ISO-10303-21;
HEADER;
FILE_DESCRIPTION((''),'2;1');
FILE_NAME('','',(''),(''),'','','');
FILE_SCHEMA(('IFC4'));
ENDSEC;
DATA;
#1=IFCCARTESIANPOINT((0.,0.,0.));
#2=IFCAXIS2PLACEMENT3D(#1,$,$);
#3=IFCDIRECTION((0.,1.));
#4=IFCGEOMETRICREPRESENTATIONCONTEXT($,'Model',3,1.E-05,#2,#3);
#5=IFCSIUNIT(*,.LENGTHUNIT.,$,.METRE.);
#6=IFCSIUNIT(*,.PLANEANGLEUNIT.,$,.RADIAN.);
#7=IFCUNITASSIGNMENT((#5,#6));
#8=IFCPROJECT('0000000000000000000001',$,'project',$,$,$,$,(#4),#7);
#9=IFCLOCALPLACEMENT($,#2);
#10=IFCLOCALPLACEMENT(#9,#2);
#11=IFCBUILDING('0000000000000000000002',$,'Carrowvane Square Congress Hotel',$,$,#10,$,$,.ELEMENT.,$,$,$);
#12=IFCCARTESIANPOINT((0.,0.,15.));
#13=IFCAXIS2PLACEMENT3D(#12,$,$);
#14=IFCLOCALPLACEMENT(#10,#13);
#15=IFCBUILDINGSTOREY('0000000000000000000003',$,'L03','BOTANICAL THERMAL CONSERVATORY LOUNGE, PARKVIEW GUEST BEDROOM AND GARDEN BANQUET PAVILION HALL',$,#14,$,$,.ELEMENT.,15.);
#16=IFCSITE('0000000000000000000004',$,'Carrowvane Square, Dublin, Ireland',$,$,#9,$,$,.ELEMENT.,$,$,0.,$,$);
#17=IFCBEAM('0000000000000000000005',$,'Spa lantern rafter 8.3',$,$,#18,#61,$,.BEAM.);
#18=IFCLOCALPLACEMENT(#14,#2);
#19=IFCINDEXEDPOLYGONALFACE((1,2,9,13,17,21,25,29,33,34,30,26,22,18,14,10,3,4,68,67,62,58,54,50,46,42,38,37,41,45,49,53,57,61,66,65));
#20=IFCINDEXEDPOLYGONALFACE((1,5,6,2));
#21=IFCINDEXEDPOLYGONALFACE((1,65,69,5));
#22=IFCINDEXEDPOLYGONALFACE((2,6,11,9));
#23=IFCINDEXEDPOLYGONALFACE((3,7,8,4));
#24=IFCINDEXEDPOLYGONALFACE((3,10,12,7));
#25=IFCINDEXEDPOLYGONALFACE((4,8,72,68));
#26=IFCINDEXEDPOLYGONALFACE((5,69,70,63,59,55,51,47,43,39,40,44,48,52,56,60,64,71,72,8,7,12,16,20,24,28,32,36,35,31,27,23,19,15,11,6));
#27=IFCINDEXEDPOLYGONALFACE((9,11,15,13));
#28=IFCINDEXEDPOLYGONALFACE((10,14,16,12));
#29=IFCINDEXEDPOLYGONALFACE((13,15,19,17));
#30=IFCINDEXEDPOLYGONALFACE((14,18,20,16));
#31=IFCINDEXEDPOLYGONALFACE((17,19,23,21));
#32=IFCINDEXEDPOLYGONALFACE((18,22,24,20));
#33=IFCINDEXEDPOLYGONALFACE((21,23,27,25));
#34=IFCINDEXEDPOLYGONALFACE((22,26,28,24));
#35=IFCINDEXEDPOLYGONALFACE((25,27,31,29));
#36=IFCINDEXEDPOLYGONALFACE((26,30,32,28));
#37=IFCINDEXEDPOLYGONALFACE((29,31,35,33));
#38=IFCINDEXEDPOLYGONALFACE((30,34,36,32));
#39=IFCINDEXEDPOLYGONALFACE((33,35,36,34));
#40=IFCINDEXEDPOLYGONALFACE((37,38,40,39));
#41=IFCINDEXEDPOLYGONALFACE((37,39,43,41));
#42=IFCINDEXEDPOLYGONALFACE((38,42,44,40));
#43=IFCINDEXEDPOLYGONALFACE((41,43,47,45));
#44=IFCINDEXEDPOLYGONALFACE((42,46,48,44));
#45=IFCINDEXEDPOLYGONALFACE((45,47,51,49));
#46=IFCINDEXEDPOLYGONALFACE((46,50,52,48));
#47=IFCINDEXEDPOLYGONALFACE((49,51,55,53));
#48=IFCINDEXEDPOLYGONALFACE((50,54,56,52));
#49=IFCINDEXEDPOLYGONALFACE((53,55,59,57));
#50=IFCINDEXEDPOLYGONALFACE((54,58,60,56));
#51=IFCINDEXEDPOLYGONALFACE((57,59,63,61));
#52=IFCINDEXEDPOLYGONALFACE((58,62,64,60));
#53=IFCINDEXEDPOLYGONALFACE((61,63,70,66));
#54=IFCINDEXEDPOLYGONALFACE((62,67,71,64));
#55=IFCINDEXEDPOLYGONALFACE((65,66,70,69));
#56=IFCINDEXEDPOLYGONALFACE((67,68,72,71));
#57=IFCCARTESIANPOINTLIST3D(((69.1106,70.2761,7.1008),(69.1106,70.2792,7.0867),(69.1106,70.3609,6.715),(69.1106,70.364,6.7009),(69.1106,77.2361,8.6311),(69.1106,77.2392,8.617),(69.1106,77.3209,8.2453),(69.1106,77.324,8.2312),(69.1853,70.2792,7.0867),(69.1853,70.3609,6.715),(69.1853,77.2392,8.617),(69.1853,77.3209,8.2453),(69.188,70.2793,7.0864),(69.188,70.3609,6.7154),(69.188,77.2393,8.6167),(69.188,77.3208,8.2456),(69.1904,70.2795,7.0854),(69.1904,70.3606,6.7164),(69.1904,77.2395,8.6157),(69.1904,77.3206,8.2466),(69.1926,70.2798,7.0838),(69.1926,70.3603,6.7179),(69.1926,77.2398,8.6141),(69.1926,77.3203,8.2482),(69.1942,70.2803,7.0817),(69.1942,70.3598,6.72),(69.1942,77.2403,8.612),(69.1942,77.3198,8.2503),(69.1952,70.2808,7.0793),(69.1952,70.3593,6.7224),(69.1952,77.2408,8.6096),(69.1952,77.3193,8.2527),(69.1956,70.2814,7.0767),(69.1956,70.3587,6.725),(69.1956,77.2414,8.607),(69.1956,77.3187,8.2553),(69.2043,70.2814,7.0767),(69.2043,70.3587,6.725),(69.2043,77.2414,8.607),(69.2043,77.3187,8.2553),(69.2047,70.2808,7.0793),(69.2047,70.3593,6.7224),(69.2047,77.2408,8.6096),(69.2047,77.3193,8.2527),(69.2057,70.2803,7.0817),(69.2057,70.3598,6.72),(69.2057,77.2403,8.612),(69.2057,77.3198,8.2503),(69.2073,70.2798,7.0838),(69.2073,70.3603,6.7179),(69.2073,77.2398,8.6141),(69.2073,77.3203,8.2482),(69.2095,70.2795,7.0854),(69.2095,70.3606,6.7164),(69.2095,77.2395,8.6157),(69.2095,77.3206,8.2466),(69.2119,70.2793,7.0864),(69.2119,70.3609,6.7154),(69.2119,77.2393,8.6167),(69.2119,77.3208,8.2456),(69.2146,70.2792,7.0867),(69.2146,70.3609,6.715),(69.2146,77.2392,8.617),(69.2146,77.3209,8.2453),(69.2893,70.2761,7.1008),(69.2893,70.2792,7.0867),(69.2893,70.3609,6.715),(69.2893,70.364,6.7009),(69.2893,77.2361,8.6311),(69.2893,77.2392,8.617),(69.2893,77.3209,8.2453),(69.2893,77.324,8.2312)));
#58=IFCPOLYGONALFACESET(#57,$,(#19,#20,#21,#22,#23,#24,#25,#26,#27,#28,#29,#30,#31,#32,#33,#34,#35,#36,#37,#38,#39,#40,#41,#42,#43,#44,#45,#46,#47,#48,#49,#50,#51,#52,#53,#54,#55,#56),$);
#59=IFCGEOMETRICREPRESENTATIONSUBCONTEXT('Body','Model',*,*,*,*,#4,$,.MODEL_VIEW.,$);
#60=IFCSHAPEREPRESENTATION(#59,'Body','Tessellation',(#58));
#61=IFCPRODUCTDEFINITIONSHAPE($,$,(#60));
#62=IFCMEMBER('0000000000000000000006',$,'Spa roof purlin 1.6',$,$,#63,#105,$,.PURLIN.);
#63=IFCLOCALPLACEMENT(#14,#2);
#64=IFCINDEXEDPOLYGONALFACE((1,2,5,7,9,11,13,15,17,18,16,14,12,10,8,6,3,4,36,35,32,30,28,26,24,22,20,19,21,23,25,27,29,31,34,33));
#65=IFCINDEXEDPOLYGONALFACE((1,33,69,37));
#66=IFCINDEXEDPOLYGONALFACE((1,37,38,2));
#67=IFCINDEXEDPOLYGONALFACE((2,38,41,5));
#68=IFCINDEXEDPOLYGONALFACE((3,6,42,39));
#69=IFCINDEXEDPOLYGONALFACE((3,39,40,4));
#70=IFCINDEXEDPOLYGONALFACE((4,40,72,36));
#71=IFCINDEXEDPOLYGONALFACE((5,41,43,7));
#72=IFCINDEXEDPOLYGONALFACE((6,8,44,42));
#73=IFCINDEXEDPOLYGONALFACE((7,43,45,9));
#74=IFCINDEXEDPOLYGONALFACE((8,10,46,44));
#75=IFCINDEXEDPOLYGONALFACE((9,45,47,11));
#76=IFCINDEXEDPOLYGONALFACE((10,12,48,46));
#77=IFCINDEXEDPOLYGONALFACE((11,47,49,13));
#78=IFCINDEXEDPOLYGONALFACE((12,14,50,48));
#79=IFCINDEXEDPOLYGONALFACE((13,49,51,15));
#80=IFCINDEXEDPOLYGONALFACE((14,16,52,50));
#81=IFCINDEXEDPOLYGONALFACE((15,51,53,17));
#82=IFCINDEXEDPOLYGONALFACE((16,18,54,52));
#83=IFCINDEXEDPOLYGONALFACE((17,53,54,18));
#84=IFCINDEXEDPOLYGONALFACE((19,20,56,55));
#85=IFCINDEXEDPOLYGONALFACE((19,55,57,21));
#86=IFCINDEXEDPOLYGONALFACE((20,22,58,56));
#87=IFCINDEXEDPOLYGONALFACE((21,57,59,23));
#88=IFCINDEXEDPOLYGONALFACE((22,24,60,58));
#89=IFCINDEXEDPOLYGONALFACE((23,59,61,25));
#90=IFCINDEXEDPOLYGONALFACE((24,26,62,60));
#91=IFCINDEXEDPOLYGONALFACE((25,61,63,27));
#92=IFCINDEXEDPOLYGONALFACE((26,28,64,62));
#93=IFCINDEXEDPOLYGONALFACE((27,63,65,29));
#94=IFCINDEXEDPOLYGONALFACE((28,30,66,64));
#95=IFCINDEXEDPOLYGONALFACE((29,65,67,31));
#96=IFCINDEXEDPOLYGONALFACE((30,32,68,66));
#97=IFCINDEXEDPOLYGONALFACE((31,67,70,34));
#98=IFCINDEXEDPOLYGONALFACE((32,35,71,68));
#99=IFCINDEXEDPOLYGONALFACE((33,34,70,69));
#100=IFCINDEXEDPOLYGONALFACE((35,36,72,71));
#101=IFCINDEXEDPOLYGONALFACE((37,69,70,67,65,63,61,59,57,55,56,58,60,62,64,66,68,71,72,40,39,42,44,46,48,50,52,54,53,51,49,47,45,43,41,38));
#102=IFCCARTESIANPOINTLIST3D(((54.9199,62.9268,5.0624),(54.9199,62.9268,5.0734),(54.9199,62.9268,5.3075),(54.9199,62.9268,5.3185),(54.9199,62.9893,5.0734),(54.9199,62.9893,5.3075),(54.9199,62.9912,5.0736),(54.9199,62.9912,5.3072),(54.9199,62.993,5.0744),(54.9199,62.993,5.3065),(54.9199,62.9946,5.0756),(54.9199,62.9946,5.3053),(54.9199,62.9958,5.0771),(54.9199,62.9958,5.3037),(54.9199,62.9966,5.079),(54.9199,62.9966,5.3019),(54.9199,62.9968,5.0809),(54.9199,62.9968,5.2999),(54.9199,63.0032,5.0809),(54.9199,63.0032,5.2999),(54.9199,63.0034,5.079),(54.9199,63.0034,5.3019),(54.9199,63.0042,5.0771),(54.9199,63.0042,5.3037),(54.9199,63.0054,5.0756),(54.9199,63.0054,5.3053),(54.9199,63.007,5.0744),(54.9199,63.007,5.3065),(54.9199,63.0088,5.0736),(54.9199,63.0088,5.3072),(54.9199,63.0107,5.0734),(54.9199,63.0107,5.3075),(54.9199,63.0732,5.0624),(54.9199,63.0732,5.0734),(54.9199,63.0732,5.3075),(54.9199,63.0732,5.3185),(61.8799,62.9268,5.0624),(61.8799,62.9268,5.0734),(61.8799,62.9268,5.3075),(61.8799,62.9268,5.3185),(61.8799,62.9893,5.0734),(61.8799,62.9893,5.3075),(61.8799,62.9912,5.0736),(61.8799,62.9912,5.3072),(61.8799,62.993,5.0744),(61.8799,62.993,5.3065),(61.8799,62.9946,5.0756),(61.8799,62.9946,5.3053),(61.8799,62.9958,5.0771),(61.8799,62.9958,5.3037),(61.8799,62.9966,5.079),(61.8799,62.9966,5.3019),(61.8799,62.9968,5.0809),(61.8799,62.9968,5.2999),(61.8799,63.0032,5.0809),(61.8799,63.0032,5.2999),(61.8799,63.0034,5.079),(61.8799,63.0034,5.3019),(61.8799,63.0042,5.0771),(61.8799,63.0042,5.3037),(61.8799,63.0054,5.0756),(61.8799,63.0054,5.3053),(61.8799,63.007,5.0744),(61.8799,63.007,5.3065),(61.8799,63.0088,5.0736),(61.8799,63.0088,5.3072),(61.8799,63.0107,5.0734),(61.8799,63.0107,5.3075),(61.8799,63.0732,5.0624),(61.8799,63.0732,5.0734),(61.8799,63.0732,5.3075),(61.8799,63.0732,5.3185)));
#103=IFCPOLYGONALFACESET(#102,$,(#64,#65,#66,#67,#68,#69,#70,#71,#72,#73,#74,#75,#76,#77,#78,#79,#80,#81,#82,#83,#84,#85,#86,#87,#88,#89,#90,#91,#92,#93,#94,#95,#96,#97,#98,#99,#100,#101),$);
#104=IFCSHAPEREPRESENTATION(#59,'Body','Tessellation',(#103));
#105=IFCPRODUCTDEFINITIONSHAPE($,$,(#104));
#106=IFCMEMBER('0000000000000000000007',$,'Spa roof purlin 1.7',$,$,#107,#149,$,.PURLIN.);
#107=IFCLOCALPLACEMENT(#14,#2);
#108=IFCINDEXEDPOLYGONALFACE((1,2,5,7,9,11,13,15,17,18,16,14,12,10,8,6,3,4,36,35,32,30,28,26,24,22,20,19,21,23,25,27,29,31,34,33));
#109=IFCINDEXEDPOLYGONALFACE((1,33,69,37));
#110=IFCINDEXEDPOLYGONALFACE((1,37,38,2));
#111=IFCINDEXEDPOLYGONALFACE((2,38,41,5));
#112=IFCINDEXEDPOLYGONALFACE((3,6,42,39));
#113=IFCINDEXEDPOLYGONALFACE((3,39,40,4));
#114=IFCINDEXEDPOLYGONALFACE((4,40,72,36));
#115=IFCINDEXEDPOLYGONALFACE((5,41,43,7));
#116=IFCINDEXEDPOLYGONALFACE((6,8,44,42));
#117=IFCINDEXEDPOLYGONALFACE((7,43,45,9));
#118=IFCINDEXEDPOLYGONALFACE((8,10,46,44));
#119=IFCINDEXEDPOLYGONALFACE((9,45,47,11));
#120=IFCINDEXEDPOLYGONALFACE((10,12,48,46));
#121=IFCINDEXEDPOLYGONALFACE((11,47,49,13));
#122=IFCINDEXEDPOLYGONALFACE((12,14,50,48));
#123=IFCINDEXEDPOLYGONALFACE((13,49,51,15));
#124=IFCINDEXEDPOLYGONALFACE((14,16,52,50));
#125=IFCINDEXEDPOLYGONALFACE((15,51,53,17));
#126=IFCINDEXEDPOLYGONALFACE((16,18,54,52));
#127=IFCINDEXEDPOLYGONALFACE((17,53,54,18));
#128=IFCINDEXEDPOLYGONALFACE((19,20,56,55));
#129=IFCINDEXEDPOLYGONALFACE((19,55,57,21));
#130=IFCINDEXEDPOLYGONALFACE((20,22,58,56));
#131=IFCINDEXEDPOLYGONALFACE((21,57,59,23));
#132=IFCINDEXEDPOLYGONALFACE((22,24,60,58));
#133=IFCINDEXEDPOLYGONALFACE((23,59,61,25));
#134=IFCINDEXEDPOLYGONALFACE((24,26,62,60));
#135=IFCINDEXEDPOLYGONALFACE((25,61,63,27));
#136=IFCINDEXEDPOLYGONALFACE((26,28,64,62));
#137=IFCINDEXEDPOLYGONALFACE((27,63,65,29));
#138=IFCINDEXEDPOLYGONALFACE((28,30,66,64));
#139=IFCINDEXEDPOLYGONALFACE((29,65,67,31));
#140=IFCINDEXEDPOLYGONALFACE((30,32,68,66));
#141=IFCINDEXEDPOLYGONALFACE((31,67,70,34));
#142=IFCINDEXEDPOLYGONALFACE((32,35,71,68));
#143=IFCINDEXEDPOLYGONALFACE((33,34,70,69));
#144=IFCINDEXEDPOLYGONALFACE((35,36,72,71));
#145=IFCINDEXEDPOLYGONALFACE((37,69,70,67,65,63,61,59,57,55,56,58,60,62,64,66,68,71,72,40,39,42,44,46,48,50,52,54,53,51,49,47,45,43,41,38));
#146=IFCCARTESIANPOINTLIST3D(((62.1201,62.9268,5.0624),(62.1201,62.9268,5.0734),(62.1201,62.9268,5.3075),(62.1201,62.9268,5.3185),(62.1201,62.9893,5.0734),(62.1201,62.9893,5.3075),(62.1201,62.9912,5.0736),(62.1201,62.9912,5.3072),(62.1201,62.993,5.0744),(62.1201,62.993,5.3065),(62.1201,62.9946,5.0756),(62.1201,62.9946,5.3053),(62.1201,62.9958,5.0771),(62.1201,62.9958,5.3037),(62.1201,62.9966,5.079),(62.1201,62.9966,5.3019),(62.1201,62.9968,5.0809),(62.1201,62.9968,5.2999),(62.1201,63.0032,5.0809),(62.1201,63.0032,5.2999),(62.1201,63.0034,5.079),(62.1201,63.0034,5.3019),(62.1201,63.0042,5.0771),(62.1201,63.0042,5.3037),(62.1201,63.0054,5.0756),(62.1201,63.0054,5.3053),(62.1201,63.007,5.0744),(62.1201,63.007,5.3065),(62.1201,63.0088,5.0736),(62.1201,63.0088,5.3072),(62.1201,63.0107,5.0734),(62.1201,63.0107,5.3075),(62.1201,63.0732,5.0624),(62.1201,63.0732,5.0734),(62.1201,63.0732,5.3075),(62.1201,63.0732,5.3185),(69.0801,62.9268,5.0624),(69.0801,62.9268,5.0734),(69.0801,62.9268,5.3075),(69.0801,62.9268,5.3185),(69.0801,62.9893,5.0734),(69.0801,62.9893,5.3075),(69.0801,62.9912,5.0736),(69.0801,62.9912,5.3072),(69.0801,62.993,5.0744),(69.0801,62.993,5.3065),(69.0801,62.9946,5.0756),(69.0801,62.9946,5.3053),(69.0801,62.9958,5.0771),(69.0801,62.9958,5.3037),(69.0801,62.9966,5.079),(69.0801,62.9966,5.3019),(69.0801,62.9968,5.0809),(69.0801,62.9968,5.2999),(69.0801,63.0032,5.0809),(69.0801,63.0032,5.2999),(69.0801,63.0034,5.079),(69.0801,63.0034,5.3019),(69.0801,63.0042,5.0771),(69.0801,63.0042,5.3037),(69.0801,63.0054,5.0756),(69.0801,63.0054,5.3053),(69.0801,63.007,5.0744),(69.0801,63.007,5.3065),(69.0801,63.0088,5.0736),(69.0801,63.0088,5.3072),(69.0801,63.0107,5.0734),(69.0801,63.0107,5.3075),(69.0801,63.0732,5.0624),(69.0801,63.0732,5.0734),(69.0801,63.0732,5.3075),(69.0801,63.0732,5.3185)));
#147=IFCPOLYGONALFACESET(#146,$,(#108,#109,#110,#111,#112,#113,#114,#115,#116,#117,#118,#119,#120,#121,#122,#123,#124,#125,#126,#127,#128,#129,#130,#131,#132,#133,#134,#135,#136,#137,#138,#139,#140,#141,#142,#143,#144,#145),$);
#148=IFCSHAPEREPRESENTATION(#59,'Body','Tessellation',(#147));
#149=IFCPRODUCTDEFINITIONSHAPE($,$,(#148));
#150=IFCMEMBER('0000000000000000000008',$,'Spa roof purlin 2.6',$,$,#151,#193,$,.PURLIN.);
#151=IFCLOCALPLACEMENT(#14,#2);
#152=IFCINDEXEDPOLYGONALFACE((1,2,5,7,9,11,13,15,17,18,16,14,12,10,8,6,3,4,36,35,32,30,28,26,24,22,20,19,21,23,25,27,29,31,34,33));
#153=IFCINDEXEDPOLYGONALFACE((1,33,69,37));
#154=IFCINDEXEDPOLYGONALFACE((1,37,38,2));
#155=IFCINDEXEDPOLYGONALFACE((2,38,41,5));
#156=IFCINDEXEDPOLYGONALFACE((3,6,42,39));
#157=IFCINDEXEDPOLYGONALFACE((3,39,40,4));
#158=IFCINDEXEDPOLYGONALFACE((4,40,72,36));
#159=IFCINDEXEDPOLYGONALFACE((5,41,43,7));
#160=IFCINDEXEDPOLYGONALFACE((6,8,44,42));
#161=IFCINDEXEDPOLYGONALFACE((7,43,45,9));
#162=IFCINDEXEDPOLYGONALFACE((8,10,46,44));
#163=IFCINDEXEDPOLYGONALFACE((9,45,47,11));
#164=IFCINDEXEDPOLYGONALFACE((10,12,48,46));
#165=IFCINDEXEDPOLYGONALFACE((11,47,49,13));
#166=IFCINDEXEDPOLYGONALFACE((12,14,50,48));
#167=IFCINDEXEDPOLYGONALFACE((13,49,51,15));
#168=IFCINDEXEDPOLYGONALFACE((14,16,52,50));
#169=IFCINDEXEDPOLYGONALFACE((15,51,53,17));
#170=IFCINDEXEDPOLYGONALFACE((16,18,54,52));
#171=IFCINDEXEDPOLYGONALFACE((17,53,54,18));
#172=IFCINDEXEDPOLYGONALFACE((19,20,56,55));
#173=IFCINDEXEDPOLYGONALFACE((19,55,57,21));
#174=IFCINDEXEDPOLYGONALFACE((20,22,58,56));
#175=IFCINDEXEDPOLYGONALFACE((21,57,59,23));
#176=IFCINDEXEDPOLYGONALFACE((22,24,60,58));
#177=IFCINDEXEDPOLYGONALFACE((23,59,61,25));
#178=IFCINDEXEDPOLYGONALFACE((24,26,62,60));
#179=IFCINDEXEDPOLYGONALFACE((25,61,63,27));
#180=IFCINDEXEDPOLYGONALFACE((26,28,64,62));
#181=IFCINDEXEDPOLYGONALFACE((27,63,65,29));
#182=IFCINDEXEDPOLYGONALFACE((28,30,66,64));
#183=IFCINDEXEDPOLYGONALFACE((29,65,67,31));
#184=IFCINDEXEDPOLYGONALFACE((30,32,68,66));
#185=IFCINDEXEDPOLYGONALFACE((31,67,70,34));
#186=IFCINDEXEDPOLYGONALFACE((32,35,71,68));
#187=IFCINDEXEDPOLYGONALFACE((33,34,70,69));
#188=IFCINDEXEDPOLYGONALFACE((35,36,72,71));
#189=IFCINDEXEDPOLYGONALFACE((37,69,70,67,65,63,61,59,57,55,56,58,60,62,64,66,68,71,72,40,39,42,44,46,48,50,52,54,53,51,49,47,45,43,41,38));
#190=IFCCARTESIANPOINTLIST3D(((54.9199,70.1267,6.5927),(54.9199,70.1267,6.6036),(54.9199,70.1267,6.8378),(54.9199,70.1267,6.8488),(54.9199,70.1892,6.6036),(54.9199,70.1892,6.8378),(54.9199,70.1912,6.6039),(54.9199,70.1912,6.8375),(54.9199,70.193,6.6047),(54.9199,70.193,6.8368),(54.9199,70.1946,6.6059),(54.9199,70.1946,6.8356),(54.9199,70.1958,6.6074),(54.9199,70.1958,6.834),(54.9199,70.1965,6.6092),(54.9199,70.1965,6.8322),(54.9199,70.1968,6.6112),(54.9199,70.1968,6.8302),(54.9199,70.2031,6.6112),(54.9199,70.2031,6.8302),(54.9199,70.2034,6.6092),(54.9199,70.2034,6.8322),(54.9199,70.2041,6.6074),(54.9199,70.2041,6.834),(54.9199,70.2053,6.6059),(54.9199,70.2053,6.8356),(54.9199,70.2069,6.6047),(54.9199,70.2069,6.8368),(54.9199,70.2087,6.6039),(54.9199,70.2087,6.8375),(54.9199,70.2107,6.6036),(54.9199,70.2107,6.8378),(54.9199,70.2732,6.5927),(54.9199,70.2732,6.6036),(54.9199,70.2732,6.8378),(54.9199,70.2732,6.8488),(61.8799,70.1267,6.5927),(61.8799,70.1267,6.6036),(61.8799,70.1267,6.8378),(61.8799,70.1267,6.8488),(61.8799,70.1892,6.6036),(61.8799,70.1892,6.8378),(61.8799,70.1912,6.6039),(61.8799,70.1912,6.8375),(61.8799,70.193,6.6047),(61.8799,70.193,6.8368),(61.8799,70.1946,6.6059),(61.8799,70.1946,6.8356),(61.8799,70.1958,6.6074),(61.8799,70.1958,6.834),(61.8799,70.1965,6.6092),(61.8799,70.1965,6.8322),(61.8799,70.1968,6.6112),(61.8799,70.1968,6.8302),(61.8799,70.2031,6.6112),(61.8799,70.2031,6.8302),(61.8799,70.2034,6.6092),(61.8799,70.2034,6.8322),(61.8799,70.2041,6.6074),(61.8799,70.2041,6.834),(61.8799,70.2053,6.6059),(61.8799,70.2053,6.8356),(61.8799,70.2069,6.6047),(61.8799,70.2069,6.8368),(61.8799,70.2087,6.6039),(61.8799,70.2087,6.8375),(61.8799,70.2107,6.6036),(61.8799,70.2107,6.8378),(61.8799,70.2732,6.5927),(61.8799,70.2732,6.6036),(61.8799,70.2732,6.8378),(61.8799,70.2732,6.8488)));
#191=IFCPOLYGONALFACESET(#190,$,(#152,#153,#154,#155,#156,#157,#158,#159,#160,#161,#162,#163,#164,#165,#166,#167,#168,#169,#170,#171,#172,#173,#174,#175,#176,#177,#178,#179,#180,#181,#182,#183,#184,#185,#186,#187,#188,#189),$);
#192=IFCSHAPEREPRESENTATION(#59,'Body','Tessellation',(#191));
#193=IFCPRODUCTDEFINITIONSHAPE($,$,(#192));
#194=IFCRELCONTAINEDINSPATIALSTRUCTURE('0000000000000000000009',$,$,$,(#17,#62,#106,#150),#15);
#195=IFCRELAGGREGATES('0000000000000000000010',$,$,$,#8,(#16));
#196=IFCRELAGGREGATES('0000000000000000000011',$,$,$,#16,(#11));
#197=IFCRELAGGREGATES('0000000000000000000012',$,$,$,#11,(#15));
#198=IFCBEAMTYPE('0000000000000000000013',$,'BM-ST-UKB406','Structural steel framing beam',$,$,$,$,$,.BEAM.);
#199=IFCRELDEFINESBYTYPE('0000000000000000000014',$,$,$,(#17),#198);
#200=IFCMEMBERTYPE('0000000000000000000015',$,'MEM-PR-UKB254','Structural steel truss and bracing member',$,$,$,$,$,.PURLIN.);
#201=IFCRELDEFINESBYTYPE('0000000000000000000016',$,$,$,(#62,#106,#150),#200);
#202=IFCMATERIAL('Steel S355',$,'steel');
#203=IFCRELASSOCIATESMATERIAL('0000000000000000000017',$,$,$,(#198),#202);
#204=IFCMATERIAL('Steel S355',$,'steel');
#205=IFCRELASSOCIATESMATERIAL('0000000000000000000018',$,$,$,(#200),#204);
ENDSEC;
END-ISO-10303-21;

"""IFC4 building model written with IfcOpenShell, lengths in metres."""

from ifc_helpers import new_model, si_unit, direction, frame, origin, origin_2d, place, context, subcontext, project, spatial, i_section, extrude, material, material_profile, profile_set, type_object, element, save


model = new_model("IFC4")

# Units and contexts
model_context = context("Model", 3, precision=1e-05, world=origin(), true_north=direction((0.0, 1.0)))
body_context = subcontext(model_context, "Body", "Model", "MODEL_VIEW")
ifc_project = project(units=[si_unit("LENGTHUNIT", "METRE"), si_unit("PLANEANGLEUNIT", "RADIAN")], contexts=[model_context])

# Site, building, storey
site_placement = place(None, origin())
site = spatial("IfcSite", under=ifc_project, at=site_placement, Name="Carrowvane Square, Dublin, Ireland", CompositionType="ELEMENT", RefElevation=0.0)
building_placement = place(site_placement, origin())
building = spatial("IfcBuilding", under=site, at=building_placement, Name="Carrowvane Square Congress Hotel", CompositionType="ELEMENT")
storey_placement = place(building_placement, frame((0.0, 0.0, 15.0)))
storey = spatial("IfcBuildingStorey", under=building, at=storey_placement, Name="L03", Description="BOTANICAL THERMAL CONSERVATORY LOUNGE, PARKVIEW GUEST BEDROOM AND GARDEN BANQUET PAVILION HALL", CompositionType="ELEMENT", Elevation=15.0)

# Beam
ifc_material_1 = material(Name="Steel S355", Category="steel")
ifc_material_profile_1 = material_profile(ifc_material_1, i_section(OverallWidth=0.1787, OverallDepth=0.4094, WebThickness=0.0088, FlangeThickness=0.0144, FilletRadius=0.0103, at=origin_2d()), Name="UKB 406x178x67")
ifc_profile_set_1 = profile_set([ifc_material_profile_1], Name="Steel S355")
beam_type_1 = type_object("IfcBeamType", Name="BM-ST-UKB406", Description="Structural steel framing beam", PredefinedType="BEAM", material=ifc_profile_set_1)
for number, where, z_axis, x_axis, name in (
    (1, (69.2, 70.3201, 6.9009), (0.0, 0.976671, 0.214739), (-1.0, 0.0, 0.0), "Spa lantern rafter 8.3"),
):
    element("IfcBeam", number, at=place(storey_placement, frame(where, z_axis=z_axis, x_axis=x_axis)), inside=storey, type_object=beam_type_1, Name=name, PredefinedType="BEAM", context=body_context, shape_type="SweptSolid", body=[
        extrude(i_section(OverallWidth=0.1787, OverallDepth=0.4094, WebThickness=0.0088, FlangeThickness=0.0144, FilletRadius=0.0103, at=origin_2d()), origin(), (0.0, 0.0, 1.0), 7.1262),
    ])

# Members
ifc_material_2 = material(Name="Steel S355", Category="steel")
ifc_material_profile_2 = material_profile(ifc_material_2, i_section(OverallWidth=0.1465, OverallDepth=0.2561, WebThickness=0.0063, FlangeThickness=0.011, FilletRadius=0.0076, at=origin_2d()), Name="UKB 254x146x37")
ifc_profile_set_2 = profile_set([ifc_material_profile_2], Name="Steel S355")
member_type = type_object("IfcMemberType", Name="MEM-PR-UKB254", Description="Structural steel truss and bracing member", PredefinedType="PURLIN", material=ifc_profile_set_2)
for number, where, z_axis, x_axis, name in (
    (2, (54.9199, 63.0, 5.1904), (1.0, 0.0, 0.0), (0.0, 1.0, 0.0), "Spa roof purlin 1.6"),
    (3, (62.1201, 63.0, 5.1904), (1.0, 0.0, 0.0), (0.0, 1.0, 0.0), "Spa roof purlin 1.7"),
    (4, (54.9199, 70.2, 6.7207), (1.0, 0.0, 0.0), (0.0, 1.0, 0.0), "Spa roof purlin 2.6"),
):
    element("IfcMember", number, at=place(storey_placement, frame(where, z_axis=z_axis, x_axis=x_axis)), inside=storey, type_object=member_type, Name=name, PredefinedType="PURLIN", context=body_context, shape_type="SweptSolid", body=[
        extrude(i_section(OverallWidth=0.1465, OverallDepth=0.2561, WebThickness=0.0063, FlangeThickness=0.011, FilletRadius=0.0076, at=origin_2d()), origin(), (0.0, 0.0, 1.0), 6.96),
    ])

save(model, "model.ifc")
